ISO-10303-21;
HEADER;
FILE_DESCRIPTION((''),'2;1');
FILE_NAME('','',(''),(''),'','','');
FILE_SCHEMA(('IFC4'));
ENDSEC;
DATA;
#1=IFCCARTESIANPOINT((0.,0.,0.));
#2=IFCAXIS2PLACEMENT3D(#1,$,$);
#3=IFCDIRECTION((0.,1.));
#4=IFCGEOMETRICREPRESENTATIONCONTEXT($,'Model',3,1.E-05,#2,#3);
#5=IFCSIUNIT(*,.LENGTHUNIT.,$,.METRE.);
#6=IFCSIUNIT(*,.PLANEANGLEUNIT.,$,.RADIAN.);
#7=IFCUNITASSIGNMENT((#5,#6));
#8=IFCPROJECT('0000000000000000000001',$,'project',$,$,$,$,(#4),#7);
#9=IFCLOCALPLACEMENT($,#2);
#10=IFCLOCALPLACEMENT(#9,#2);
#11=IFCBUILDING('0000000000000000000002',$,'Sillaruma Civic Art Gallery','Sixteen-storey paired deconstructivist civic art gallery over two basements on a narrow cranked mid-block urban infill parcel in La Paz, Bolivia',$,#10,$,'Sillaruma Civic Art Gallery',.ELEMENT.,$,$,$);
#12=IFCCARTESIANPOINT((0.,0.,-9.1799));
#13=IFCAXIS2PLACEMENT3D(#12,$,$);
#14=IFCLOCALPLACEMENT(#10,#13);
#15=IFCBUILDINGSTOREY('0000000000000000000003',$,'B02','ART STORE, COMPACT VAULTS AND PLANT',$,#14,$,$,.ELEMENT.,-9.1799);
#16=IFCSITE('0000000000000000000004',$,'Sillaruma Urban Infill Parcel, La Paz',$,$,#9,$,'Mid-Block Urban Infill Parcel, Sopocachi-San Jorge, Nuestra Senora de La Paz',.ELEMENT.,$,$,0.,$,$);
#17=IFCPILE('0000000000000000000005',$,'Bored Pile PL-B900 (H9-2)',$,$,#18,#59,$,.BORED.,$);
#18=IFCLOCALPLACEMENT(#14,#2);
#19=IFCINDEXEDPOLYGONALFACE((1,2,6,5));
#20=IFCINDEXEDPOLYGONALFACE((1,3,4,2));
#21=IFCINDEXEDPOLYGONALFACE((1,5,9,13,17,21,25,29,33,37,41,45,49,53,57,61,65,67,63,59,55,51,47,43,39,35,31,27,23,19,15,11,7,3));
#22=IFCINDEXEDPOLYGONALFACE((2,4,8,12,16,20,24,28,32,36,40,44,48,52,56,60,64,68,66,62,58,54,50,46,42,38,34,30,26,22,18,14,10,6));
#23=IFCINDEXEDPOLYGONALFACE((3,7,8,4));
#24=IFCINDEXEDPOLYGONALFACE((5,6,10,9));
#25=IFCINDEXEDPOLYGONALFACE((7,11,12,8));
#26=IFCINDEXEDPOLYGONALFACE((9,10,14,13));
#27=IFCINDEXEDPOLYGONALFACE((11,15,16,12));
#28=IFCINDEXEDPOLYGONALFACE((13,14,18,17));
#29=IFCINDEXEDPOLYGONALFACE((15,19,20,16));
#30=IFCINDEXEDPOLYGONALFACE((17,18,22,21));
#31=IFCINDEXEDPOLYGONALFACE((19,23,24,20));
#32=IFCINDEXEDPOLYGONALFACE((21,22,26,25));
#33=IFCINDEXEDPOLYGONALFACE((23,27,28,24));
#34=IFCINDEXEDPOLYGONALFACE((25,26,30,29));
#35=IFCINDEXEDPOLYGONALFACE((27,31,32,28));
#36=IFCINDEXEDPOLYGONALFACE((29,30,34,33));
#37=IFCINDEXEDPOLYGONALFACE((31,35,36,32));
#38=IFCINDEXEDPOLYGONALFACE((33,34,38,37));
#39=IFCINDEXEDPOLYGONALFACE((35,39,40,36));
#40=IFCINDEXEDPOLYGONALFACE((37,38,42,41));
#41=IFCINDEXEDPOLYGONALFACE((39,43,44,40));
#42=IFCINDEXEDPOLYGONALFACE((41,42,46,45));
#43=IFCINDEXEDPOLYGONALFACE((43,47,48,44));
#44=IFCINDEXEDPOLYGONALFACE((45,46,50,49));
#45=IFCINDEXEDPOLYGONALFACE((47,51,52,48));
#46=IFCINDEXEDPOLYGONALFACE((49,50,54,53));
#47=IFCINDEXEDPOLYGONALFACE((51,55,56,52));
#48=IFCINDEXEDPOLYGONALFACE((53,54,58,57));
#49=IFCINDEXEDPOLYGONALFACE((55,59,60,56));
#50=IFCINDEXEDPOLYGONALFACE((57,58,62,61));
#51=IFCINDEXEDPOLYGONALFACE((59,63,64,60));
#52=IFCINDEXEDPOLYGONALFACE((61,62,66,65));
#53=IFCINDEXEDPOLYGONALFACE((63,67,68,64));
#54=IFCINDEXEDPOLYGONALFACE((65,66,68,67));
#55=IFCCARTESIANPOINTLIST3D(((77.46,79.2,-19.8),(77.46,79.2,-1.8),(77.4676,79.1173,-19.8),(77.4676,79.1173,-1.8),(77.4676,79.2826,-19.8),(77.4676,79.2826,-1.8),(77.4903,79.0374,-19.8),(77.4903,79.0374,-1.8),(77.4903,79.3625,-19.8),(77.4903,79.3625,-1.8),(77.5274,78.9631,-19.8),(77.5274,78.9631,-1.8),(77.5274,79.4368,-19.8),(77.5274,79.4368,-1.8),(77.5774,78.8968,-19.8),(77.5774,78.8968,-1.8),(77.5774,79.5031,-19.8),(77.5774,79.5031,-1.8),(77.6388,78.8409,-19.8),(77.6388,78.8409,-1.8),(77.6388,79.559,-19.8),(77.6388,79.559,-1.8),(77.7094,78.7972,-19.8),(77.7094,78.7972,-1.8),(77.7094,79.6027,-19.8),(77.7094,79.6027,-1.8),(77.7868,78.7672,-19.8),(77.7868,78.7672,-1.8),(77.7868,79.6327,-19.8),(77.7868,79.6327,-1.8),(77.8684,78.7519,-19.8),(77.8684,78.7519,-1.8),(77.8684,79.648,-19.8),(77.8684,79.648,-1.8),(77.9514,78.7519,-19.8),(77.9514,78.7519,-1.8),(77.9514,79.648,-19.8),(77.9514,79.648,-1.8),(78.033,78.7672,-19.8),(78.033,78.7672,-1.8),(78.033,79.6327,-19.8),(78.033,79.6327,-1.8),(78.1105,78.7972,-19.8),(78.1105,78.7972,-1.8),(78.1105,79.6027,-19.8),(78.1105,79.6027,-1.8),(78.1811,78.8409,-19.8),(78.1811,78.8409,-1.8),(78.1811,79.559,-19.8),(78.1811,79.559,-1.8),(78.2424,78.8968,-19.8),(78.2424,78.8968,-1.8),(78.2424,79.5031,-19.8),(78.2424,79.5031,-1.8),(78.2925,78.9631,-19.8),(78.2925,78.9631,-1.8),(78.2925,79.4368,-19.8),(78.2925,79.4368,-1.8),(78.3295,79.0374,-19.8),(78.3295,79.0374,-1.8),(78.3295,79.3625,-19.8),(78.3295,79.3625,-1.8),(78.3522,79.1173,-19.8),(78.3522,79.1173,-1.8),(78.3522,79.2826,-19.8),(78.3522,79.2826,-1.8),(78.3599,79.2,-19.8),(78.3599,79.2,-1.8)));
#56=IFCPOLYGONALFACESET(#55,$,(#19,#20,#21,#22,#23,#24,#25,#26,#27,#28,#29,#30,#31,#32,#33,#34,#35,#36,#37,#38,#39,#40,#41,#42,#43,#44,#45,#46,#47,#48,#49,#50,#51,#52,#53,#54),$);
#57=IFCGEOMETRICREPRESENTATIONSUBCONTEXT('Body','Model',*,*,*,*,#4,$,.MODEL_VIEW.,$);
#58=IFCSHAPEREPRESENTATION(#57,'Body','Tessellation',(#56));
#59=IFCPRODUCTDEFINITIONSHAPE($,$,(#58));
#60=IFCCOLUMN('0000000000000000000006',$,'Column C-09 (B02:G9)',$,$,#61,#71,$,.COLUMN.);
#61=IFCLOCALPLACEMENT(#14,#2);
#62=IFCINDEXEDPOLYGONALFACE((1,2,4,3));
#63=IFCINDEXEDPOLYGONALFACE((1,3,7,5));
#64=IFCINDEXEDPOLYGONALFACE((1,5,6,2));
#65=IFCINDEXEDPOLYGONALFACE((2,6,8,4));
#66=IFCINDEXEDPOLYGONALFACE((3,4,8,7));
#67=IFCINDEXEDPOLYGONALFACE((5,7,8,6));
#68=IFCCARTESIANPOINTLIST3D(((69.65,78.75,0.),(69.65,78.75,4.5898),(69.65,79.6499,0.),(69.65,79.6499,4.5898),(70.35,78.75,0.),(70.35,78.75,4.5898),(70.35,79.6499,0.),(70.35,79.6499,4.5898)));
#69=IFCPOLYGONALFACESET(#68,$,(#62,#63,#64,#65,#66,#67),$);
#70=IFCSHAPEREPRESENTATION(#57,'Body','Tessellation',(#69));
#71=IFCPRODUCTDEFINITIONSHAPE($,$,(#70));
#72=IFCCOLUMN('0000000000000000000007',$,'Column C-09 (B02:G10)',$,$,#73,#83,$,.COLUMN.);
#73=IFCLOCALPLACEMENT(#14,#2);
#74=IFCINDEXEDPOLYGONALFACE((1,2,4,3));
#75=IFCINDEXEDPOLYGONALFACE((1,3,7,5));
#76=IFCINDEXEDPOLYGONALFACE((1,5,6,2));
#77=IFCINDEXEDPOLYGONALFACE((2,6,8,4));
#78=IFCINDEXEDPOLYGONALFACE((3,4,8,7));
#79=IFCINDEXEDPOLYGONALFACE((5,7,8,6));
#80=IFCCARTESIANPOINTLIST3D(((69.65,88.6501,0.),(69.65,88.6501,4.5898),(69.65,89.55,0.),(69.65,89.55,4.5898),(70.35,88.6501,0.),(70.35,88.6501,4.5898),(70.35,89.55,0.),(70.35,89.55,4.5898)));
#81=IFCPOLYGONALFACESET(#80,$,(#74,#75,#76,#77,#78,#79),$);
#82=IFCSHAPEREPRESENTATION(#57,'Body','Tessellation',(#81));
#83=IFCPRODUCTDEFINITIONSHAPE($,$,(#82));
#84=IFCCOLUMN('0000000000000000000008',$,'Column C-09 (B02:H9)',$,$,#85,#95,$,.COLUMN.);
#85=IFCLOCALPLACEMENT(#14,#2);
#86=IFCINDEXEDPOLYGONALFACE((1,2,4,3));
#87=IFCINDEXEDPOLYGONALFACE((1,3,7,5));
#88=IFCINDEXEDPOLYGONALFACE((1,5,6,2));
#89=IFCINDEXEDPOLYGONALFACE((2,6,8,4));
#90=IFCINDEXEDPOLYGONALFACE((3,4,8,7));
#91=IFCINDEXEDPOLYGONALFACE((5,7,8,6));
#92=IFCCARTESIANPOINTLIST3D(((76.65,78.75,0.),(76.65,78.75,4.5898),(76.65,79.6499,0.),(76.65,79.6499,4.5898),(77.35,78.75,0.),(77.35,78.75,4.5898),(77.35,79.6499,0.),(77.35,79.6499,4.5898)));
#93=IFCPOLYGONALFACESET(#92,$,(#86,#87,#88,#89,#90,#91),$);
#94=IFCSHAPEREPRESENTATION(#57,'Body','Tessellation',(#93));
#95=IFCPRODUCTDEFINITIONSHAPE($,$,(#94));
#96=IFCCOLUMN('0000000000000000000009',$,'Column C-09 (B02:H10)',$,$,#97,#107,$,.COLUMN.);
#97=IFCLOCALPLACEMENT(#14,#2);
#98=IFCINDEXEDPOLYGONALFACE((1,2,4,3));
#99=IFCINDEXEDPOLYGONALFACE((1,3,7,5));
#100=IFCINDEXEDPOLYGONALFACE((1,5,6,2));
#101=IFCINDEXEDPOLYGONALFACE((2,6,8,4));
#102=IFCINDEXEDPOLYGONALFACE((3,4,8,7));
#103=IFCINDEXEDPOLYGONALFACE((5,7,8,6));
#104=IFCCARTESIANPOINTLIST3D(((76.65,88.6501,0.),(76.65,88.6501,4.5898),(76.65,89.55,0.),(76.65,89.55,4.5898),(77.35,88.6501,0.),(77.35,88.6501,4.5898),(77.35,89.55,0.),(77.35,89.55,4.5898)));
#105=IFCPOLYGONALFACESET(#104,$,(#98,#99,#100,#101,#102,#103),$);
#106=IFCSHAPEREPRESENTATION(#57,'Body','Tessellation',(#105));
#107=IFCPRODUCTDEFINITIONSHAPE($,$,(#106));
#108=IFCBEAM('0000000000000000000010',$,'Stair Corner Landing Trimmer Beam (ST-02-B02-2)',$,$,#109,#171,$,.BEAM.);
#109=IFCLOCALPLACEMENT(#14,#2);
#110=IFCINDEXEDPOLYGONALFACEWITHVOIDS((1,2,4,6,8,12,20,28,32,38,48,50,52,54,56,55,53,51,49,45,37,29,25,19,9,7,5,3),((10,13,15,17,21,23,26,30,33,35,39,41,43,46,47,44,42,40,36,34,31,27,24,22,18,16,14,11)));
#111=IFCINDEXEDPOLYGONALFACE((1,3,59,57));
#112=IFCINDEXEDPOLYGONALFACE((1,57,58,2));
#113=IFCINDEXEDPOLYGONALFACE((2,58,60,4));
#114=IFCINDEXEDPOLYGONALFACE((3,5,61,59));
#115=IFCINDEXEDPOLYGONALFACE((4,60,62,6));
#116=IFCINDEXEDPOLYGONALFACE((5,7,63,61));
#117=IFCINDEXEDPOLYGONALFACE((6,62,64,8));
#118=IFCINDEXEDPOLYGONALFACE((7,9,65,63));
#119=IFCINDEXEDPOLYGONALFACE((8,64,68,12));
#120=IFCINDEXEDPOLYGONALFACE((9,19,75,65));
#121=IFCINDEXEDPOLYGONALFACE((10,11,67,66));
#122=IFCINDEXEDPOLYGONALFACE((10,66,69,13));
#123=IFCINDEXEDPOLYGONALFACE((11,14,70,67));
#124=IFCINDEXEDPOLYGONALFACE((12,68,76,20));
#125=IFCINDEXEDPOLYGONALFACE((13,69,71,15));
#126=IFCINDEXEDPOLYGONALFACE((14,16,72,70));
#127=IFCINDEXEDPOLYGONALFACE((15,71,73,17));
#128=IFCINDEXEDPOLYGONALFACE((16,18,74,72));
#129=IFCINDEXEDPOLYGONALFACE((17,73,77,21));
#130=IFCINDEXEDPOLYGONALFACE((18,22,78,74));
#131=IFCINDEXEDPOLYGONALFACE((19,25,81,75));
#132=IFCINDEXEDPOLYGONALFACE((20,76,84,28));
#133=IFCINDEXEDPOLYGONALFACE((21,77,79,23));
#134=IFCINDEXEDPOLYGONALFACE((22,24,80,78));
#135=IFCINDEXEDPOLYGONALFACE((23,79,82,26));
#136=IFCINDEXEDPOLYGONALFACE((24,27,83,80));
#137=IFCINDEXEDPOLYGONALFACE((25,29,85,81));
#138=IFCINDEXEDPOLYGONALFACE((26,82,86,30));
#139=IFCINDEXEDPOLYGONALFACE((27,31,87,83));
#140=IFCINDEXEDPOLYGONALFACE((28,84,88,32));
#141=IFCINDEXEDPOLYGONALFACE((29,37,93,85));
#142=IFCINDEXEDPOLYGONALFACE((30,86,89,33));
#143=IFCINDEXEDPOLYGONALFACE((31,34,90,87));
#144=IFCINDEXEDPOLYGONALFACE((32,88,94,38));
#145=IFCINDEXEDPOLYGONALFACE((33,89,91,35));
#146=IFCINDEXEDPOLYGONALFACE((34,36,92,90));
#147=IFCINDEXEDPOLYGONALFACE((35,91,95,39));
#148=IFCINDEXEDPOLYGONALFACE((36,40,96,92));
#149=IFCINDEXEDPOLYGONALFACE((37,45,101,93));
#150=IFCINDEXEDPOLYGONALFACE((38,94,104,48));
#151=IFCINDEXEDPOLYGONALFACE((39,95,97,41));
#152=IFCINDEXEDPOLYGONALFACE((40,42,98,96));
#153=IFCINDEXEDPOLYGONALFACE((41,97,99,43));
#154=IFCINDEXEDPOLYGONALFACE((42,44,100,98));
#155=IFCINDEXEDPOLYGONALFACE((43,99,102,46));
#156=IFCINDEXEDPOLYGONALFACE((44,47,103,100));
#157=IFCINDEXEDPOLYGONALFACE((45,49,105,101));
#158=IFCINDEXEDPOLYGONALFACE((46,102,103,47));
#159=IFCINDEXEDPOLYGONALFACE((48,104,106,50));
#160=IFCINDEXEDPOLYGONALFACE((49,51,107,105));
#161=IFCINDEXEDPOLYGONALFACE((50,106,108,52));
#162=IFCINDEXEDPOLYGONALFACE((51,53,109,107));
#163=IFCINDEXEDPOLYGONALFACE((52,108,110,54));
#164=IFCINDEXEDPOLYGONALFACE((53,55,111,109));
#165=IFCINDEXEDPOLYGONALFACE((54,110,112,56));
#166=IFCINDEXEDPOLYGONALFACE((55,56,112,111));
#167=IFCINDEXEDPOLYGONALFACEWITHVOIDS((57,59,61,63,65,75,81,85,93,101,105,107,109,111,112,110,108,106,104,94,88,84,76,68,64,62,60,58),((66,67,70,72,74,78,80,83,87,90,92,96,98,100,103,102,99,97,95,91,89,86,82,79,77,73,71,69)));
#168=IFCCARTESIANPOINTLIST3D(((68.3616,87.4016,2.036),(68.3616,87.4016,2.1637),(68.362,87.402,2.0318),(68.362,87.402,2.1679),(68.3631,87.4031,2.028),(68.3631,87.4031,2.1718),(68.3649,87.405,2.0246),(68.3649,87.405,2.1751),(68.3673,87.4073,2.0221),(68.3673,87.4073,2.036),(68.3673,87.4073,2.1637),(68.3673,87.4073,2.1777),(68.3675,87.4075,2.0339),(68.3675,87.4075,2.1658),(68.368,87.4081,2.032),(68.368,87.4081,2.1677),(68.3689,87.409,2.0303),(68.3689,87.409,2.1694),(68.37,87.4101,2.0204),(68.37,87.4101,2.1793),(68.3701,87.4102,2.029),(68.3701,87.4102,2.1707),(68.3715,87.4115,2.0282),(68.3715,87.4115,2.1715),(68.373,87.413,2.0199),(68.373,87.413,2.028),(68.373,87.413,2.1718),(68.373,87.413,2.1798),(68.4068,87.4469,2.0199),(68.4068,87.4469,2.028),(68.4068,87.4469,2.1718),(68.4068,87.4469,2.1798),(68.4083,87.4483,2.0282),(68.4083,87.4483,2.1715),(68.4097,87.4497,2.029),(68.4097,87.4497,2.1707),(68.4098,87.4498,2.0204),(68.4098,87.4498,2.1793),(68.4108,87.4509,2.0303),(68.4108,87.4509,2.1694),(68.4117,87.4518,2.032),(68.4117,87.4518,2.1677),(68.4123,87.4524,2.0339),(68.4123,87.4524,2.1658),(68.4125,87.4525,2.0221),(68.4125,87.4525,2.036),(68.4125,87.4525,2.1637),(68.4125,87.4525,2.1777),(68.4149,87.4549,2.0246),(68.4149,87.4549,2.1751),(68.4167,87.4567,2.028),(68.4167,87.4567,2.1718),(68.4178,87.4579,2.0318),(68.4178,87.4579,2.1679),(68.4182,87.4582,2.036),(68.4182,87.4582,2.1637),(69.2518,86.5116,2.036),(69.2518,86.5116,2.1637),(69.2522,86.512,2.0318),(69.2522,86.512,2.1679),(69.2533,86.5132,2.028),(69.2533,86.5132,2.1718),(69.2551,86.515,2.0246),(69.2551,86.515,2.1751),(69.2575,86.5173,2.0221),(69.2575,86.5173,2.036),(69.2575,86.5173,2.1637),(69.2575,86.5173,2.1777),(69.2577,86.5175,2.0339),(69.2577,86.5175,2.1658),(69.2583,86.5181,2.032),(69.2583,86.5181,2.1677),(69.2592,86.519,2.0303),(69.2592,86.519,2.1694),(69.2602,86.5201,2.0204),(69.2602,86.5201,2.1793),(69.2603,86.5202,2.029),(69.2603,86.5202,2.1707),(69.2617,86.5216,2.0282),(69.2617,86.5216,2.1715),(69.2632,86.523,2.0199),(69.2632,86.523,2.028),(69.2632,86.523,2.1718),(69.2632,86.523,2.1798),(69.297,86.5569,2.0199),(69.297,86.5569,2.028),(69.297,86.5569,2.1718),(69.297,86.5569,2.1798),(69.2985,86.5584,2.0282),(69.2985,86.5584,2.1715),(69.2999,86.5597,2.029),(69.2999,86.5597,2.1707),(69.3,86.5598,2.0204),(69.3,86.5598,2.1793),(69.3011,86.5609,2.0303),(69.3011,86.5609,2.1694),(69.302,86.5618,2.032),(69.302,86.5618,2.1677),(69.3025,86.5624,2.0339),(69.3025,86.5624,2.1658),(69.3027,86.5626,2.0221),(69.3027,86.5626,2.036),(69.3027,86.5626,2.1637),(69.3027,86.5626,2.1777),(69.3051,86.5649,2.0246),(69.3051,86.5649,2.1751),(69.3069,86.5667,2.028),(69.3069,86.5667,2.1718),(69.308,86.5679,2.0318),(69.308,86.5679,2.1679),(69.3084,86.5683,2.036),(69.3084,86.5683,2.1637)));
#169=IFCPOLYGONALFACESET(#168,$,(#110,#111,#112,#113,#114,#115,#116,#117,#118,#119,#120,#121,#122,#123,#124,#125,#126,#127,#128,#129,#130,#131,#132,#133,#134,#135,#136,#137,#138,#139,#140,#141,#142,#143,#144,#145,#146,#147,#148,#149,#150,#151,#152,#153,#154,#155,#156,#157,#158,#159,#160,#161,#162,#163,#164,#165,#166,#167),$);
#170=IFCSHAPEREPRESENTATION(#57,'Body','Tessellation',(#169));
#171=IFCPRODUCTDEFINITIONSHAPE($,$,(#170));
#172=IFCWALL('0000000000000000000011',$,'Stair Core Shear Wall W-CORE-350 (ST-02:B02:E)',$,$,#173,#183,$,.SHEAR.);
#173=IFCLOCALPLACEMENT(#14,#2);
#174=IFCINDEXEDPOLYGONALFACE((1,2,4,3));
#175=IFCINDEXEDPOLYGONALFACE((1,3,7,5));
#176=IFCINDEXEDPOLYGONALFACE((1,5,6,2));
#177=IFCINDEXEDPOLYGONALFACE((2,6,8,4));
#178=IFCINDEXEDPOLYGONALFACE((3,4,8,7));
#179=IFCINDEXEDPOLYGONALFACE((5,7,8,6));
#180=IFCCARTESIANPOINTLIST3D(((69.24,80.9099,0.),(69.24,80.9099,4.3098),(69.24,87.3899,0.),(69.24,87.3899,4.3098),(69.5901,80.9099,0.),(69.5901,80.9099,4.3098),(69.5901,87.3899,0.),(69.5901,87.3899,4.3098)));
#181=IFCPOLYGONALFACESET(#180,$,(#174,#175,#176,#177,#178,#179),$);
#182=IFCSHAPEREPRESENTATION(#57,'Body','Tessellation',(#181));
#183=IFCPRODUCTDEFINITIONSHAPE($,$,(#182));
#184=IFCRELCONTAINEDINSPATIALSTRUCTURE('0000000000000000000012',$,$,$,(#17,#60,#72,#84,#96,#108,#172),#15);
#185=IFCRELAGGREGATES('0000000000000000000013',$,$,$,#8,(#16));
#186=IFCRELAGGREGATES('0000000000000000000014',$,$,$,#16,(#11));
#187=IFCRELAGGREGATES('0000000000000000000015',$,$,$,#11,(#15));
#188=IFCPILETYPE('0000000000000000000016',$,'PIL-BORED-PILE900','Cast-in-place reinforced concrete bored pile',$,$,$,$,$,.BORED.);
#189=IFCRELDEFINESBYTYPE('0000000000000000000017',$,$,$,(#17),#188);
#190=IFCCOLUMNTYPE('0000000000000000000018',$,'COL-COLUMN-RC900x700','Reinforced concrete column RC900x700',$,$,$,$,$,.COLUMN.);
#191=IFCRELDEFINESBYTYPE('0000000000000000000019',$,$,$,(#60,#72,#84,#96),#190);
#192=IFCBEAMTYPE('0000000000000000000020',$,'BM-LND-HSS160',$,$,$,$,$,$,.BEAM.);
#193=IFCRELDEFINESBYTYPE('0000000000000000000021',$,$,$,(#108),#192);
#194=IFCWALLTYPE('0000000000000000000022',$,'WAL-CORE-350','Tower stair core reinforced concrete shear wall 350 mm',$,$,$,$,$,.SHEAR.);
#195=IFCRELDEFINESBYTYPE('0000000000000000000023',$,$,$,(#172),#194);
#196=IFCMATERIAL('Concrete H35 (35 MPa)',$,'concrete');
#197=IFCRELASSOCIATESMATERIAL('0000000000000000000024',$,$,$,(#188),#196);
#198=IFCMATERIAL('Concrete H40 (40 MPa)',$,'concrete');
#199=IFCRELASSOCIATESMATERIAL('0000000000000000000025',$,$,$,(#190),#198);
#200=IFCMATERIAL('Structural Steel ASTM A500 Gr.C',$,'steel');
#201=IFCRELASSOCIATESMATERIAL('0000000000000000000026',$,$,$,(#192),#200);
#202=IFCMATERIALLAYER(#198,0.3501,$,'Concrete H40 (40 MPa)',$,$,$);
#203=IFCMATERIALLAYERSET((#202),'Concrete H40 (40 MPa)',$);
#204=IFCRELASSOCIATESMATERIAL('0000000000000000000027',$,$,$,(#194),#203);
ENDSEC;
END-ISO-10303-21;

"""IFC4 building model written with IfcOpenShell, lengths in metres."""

from ifc_helpers import new_model, si_unit, direction, frame, frame_2d, origin, origin_2d, place, context, subcontext, project, spatial, rectangle, hollow_rectangle, circle, extrude, material, layer, layer_set, material_profile, profile_set, type_object, element, save


model = new_model("IFC4")

# Units and contexts
model_context = context("Model", 3, precision=1e-05, world=origin(), true_north=direction((0.0, 1.0)))
body_context = subcontext(model_context, "Body", "Model", "MODEL_VIEW")
ifc_project = project(units=[si_unit("LENGTHUNIT", "METRE"), si_unit("PLANEANGLEUNIT", "RADIAN")], contexts=[model_context])

# Site, building, storey
site_placement = place(None, origin())
site = spatial("IfcSite", under=ifc_project, at=site_placement, Name="Sillaruma Urban Infill Parcel, La Paz", LongName="Mid-Block Urban Infill Parcel, Sopocachi-San Jorge, Nuestra Senora de La Paz", CompositionType="ELEMENT", RefElevation=0.0)
building_placement = place(site_placement, origin())
building = spatial("IfcBuilding", under=site, at=building_placement, Name="Sillaruma Civic Art Gallery", Description="Sixteen-storey paired deconstructivist civic art gallery over two basements on a narrow cranked mid-block urban infill parcel in La Paz, Bolivia", LongName="Sillaruma Civic Art Gallery", CompositionType="ELEMENT")
storey_placement = place(building_placement, frame((0.0, 0.0, -9.1799)))
storey = spatial("IfcBuildingStorey", under=building, at=storey_placement, Name="B02", Description="ART STORE, COMPACT VAULTS AND PLANT", CompositionType="ELEMENT", Elevation=-9.1799)

# Shared definitions
ifc_material_1 = material(Name="Concrete H35 (35 MPa)", Category="concrete")

# Pile
ifc_material_profile_1 = material_profile(ifc_material_1, circle(Radius=0.45, at=origin_2d()), Name="PILE900")
ifc_profile_set_1 = profile_set([ifc_material_profile_1], Name="Concrete H35 (35 MPa)")
pile_type_1 = type_object("IfcPileType", Name="PIL-BORED-PILE900", Description="Cast-in-place reinforced concrete bored pile", PredefinedType="BORED", material=ifc_profile_set_1)
for number, where, z_axis, x_axis, name in (
    (1, (77.9099, 79.2, -1.8), (0.0, 0.0, -1.0), (1.0, 0.0, 0.0), "Bored Pile PL-B900 (H9-2)"),
):
    element("IfcPile", number, at=place(storey_placement, frame(where, z_axis=z_axis, x_axis=x_axis)), inside=storey, type_object=pile_type_1, Name=name, PredefinedType="BORED", context=body_context, shape_type="SweptSolid", body=[
        extrude(circle(Radius=0.45, at=origin_2d()), origin(), (0.0, 0.0, 1.0), 18.0),
    ])

# Columns
ifc_material_2 = material(Name="Concrete H40 (40 MPa)", Category="concrete")
ifc_material_profile_2 = material_profile(ifc_material_2, rectangle(XDim=0.7, YDim=0.8999, at=origin_2d()), Name="RC900x700")
ifc_profile_set_2 = profile_set([ifc_material_profile_2], Name="Concrete H40 (40 MPa)")
column_type = type_object("IfcColumnType", Name="COL-COLUMN-RC900x700", Description="Reinforced concrete column RC900x700", PredefinedType="COLUMN", material=ifc_profile_set_2)
for number, where, z_axis, x_axis, name in (
    (2, (70.0, 79.2, 0.0), (0.0, 0.0, 1.0), (1.0, 0.0, 0.0), "Column C-09 (B02:G9)"),
    (3, (70.0, 89.1001, 0.0), (0.0, 0.0, 1.0), (1.0, 0.0, 0.0), "Column C-09 (B02:G10)"),
    (4, (77.0, 79.2, 0.0), (0.0, 0.0, 1.0), (1.0, 0.0, 0.0), "Column C-09 (B02:H9)"),
    (5, (77.0, 89.1001, 0.0), (0.0, 0.0, 1.0), (1.0, 0.0, 0.0), "Column C-09 (B02:H10)"),
):
    element("IfcColumn", number, at=place(storey_placement, frame(where, z_axis=z_axis, x_axis=x_axis)), inside=storey, type_object=column_type, Name=name, PredefinedType="COLUMN", context=body_context, shape_type="SweptSolid", body=[
        extrude(rectangle(XDim=0.7, YDim=0.8999, at=origin_2d()), origin(), (0.0, 0.0, 1.0), 4.5898),
    ])

# Beam
ifc_material_3 = material(Name="Structural Steel ASTM A500 Gr.C", Category="steel")
ifc_material_profile_3 = material_profile(ifc_material_3, hollow_rectangle(XDim=0.0801, YDim=0.1599, WallThickness=0.0081, InnerFilletRadius=0.0081, OuterFilletRadius=0.0161, at=origin_2d()), Name="HSS160x80x8")
ifc_profile_set_3 = profile_set([ifc_material_profile_3], Name="Structural Steel ASTM A500 Gr.C")
beam_type = type_object("IfcBeamType", Name="BM-LND-HSS160", PredefinedType="BEAM", material=ifc_profile_set_3)
beam_placement = place(storey_placement, frame((68.3899, 87.4299, 2.0999), z_axis=(0.707204, -0.70701, 0.0), x_axis=(0.70701, 0.707204, 0.0)))
element("IfcBeam", 6, at=beam_placement, inside=storey, type_object=beam_type, Name="Stair Corner Landing Trimmer Beam (ST-02-B02-2)", PredefinedType="BEAM", context=body_context, shape_type="SweptSolid", body=[
    extrude(hollow_rectangle(XDim=0.0801, YDim=0.1599, WallThickness=0.0081, InnerFilletRadius=0.0081, OuterFilletRadius=0.0161, at=origin_2d()), origin(), (0.0, 0.0, 1.0), 1.2588),
])

# Wall
ifc_layer_1 = layer(ifc_material_2, 0.3501, Name="Concrete H40 (40 MPa)")
ifc_layer_set_1 = layer_set([ifc_layer_1], Name="Concrete H40 (40 MPa)")
wall_type = type_object("IfcWallType", Name="WAL-CORE-350", Description="Tower stair core reinforced concrete shear wall 350 mm", PredefinedType="SHEAR", material=ifc_layer_set_1)
wall_placement = place(storey_placement, frame((69.415, 80.9099, 0.0), z_axis=(0.0, 0.0, 1.0), x_axis=(0.0, 1.0, 0.0)))
element("IfcWall", 7, at=wall_placement, inside=storey, type_object=wall_type, Name="Stair Core Shear Wall W-CORE-350 (ST-02:B02:E)", PredefinedType="SHEAR", context=body_context, shape_type="SweptSolid", body=[
    extrude(rectangle(XDim=6.48, YDim=0.3501, at=frame_2d((3.24, 0.0))), origin(), (0.0, 0.0, 1.0), 4.3098),
])

save(model, "model.ifc")
